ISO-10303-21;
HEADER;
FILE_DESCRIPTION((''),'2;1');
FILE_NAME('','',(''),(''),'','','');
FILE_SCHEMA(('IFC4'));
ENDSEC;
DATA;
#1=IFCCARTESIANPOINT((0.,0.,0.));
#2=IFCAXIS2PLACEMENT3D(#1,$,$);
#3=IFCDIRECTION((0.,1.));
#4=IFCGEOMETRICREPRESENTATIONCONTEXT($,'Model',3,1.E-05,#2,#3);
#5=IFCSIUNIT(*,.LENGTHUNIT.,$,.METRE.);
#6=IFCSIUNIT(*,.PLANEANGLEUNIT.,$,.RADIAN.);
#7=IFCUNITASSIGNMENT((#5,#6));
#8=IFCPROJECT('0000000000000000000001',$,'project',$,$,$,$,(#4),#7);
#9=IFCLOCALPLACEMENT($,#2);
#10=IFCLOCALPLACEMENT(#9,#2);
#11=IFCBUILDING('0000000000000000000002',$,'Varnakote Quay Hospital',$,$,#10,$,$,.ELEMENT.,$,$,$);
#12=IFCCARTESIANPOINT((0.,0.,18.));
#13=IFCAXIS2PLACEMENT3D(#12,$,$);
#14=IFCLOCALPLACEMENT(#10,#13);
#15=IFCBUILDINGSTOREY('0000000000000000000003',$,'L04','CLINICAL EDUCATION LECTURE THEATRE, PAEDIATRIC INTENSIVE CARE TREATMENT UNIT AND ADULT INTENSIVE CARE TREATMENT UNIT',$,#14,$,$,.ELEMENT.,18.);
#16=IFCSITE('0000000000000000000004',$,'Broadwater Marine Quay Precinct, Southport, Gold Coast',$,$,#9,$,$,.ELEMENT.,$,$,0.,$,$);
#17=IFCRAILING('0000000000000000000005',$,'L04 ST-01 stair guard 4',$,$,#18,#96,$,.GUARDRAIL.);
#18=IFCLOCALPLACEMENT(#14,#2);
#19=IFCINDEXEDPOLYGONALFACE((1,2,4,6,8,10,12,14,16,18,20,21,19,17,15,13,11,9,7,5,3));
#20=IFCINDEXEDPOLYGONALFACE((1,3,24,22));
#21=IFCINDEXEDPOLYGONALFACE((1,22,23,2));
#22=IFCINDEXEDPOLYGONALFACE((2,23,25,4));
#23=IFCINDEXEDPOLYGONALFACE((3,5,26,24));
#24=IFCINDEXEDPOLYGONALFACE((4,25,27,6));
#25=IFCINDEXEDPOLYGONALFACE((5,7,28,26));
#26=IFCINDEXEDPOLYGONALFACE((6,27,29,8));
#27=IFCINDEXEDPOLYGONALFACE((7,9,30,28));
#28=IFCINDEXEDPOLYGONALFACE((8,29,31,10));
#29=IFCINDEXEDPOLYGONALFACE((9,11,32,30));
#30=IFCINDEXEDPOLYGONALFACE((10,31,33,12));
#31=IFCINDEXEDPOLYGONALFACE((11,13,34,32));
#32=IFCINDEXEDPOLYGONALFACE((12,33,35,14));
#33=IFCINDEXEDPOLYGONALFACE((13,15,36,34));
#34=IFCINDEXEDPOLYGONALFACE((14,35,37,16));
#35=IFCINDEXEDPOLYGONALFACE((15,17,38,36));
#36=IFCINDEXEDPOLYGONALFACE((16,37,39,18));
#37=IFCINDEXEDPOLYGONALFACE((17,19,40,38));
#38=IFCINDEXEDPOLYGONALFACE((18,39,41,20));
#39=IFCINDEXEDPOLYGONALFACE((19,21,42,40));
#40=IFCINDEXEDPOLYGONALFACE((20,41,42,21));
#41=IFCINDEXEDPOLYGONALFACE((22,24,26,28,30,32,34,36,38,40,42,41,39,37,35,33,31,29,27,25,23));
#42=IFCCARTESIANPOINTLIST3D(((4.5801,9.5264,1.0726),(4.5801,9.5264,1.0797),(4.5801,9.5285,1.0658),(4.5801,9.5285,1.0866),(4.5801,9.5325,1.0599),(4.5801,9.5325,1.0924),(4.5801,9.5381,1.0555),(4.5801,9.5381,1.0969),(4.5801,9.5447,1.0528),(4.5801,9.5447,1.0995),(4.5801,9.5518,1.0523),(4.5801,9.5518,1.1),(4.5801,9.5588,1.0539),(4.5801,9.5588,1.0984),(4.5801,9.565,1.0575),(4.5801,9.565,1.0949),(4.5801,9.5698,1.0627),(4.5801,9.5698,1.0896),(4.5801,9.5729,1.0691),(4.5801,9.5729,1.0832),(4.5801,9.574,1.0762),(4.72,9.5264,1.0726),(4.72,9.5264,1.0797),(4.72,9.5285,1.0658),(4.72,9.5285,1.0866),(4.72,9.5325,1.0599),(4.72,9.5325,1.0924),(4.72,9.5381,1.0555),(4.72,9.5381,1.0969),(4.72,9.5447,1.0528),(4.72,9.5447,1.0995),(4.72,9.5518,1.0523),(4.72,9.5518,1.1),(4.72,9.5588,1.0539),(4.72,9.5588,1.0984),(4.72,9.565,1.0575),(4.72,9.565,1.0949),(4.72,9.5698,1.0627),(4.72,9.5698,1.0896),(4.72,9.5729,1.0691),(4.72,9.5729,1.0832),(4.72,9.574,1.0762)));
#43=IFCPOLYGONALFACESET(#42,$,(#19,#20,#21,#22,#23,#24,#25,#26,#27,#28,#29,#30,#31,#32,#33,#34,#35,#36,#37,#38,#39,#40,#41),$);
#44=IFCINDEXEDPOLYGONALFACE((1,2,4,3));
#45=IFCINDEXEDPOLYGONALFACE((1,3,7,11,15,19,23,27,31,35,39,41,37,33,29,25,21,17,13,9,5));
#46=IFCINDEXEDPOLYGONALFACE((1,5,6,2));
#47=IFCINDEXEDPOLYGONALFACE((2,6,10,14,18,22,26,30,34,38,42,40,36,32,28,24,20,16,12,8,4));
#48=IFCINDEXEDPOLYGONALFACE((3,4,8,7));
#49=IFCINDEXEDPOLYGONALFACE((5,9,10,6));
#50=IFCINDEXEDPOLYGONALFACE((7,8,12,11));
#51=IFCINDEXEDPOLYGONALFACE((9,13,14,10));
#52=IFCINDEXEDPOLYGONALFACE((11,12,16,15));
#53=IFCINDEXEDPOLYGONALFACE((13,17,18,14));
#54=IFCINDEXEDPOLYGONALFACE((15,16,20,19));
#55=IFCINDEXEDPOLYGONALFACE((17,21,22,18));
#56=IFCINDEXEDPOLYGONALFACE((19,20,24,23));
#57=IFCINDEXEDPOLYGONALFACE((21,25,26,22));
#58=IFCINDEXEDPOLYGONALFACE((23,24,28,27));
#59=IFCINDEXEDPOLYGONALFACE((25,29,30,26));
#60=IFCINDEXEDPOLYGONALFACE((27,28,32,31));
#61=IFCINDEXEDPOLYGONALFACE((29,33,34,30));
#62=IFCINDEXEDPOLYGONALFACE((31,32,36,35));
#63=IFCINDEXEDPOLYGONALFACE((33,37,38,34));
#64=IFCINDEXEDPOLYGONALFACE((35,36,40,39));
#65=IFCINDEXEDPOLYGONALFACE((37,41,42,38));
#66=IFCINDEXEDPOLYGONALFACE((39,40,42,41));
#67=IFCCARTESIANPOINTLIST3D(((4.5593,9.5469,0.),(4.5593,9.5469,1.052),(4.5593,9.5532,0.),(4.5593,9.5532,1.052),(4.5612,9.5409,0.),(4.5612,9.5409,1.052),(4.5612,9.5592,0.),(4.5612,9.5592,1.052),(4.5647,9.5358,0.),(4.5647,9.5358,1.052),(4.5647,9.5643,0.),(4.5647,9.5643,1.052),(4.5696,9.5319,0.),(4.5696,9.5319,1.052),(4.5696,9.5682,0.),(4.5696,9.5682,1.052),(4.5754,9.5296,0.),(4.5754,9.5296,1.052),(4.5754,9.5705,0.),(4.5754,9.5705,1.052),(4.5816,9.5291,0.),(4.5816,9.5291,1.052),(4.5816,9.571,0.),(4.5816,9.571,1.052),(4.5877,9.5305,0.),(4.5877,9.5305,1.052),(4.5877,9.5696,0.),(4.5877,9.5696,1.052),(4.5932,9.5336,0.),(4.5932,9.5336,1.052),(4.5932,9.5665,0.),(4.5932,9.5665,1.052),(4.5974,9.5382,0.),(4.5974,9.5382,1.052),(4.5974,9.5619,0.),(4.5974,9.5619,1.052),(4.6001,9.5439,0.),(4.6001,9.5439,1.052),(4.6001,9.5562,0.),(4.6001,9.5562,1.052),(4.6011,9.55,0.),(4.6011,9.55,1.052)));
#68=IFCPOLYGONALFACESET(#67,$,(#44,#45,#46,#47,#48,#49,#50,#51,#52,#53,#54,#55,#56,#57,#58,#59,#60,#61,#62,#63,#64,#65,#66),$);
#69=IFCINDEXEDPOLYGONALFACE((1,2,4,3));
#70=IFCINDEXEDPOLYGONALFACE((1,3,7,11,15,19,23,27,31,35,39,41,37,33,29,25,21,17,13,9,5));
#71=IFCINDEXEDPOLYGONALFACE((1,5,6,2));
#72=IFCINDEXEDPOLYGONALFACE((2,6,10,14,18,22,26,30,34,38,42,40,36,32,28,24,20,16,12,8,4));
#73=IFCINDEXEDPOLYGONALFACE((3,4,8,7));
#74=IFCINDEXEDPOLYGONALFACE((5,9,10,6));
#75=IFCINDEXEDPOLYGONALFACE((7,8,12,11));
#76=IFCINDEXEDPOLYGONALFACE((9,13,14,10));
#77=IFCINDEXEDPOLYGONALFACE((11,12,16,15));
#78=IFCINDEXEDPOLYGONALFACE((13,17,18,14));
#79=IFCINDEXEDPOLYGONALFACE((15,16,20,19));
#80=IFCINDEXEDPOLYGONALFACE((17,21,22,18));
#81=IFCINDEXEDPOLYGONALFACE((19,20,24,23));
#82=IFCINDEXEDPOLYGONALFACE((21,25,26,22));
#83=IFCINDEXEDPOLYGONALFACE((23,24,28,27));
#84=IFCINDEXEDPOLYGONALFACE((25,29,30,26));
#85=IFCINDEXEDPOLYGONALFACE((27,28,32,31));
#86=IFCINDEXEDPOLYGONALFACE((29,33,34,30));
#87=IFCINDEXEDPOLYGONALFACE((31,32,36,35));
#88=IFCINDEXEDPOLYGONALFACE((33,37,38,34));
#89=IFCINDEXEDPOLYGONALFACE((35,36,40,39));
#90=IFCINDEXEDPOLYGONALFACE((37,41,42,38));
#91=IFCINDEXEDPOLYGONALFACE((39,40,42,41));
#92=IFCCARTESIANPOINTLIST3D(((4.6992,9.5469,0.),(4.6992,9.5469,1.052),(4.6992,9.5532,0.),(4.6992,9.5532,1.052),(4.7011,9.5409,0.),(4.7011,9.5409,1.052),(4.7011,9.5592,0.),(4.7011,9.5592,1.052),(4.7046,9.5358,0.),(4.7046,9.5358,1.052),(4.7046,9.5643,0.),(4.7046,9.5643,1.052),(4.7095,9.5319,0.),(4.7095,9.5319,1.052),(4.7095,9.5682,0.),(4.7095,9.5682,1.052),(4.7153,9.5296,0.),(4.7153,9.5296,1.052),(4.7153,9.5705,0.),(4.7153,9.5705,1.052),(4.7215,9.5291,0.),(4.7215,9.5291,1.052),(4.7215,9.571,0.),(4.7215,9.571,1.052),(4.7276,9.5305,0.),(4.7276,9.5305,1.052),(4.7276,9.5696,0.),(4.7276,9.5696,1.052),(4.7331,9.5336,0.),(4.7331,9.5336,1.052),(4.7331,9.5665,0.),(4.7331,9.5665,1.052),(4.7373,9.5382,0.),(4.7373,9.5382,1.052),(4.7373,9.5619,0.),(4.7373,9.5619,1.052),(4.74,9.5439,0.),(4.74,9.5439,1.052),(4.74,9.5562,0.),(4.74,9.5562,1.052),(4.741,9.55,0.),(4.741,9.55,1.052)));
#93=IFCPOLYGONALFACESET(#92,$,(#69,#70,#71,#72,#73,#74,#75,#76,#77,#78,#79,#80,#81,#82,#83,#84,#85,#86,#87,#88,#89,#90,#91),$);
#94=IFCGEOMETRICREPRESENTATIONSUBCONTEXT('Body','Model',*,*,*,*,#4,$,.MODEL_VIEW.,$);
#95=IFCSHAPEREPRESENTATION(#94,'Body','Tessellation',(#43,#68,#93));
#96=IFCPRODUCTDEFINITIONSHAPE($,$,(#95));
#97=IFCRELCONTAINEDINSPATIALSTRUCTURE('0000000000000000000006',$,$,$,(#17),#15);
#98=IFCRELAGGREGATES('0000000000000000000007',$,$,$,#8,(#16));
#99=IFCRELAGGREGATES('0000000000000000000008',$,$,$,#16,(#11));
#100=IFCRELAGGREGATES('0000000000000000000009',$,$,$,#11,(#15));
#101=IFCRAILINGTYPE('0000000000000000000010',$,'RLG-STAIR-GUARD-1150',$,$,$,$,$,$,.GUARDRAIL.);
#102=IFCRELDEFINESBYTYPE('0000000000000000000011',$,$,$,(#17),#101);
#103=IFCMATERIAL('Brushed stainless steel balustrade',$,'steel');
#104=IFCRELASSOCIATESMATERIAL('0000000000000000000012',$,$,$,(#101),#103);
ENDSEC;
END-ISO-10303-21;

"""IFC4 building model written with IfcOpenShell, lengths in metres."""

from ifc_helpers import new_model, si_unit, direction, frame, origin, origin_2d, place, context, subcontext, project, spatial, circle, extrude, material, type_object, element, save


model = new_model("IFC4")

# Units and contexts
model_context = context("Model", 3, precision=1e-05, world=origin(), true_north=direction((0.0, 1.0)))
body_context = subcontext(model_context, "Body", "Model", "MODEL_VIEW")
ifc_project = project(units=[si_unit("LENGTHUNIT", "METRE"), si_unit("PLANEANGLEUNIT", "RADIAN")], contexts=[model_context])

# Site, building, storey
site_placement = place(None, origin())
site = spatial("IfcSite", under=ifc_project, at=site_placement, Name="Broadwater Marine Quay Precinct, Southport, Gold Coast", CompositionType="ELEMENT", RefElevation=0.0)
building_placement = place(site_placement, origin())
building = spatial("IfcBuilding", under=site, at=building_placement, Name="Varnakote Quay Hospital", CompositionType="ELEMENT")
storey_placement = place(building_placement, frame((0.0, 0.0, 18.0)))
storey = spatial("IfcBuildingStorey", under=building, at=storey_placement, Name="L04", Description="CLINICAL EDUCATION LECTURE THEATRE, PAEDIATRIC INTENSIVE CARE TREATMENT UNIT AND ADULT INTENSIVE CARE TREATMENT UNIT", CompositionType="ELEMENT", Elevation=18.0)

# Railing
ifc_material_1 = material(Name="Brushed stainless steel balustrade", Category="steel")
railing_type_1 = type_object("IfcRailingType", Name="RLG-STAIR-GUARD-1150", PredefinedType="GUARDRAIL", material=ifc_material_1)
railing_1_placement = place(storey_placement, frame((4.5801, 9.55, 0.0)))
element("IfcRailing", 1, at=railing_1_placement, inside=storey, type_object=railing_type_1, Name="L04 ST-01 stair guard 4", PredefinedType="GUARDRAIL", context=body_context, shape_type="SweptSolid", body=[
    extrude(circle(Radius=0.0239, at=origin_2d()), frame((0.0, 0.0, 1.0762), z_axis=(1.0, 0.0, 0.0), x_axis=(0.0, 1.0, 0.0)), (0.0, 0.0, 1.0), 0.1399),
    extrude(circle(Radius=0.021, at=origin_2d()), origin(), (0.0, 0.0, 1.0), 1.052),
    extrude(circle(Radius=0.021, at=origin_2d()), frame((0.1399, 0.0, 0.0)), (0.0, 0.0, 1.0), 1.052),
])

save(model, "model.ifc")
